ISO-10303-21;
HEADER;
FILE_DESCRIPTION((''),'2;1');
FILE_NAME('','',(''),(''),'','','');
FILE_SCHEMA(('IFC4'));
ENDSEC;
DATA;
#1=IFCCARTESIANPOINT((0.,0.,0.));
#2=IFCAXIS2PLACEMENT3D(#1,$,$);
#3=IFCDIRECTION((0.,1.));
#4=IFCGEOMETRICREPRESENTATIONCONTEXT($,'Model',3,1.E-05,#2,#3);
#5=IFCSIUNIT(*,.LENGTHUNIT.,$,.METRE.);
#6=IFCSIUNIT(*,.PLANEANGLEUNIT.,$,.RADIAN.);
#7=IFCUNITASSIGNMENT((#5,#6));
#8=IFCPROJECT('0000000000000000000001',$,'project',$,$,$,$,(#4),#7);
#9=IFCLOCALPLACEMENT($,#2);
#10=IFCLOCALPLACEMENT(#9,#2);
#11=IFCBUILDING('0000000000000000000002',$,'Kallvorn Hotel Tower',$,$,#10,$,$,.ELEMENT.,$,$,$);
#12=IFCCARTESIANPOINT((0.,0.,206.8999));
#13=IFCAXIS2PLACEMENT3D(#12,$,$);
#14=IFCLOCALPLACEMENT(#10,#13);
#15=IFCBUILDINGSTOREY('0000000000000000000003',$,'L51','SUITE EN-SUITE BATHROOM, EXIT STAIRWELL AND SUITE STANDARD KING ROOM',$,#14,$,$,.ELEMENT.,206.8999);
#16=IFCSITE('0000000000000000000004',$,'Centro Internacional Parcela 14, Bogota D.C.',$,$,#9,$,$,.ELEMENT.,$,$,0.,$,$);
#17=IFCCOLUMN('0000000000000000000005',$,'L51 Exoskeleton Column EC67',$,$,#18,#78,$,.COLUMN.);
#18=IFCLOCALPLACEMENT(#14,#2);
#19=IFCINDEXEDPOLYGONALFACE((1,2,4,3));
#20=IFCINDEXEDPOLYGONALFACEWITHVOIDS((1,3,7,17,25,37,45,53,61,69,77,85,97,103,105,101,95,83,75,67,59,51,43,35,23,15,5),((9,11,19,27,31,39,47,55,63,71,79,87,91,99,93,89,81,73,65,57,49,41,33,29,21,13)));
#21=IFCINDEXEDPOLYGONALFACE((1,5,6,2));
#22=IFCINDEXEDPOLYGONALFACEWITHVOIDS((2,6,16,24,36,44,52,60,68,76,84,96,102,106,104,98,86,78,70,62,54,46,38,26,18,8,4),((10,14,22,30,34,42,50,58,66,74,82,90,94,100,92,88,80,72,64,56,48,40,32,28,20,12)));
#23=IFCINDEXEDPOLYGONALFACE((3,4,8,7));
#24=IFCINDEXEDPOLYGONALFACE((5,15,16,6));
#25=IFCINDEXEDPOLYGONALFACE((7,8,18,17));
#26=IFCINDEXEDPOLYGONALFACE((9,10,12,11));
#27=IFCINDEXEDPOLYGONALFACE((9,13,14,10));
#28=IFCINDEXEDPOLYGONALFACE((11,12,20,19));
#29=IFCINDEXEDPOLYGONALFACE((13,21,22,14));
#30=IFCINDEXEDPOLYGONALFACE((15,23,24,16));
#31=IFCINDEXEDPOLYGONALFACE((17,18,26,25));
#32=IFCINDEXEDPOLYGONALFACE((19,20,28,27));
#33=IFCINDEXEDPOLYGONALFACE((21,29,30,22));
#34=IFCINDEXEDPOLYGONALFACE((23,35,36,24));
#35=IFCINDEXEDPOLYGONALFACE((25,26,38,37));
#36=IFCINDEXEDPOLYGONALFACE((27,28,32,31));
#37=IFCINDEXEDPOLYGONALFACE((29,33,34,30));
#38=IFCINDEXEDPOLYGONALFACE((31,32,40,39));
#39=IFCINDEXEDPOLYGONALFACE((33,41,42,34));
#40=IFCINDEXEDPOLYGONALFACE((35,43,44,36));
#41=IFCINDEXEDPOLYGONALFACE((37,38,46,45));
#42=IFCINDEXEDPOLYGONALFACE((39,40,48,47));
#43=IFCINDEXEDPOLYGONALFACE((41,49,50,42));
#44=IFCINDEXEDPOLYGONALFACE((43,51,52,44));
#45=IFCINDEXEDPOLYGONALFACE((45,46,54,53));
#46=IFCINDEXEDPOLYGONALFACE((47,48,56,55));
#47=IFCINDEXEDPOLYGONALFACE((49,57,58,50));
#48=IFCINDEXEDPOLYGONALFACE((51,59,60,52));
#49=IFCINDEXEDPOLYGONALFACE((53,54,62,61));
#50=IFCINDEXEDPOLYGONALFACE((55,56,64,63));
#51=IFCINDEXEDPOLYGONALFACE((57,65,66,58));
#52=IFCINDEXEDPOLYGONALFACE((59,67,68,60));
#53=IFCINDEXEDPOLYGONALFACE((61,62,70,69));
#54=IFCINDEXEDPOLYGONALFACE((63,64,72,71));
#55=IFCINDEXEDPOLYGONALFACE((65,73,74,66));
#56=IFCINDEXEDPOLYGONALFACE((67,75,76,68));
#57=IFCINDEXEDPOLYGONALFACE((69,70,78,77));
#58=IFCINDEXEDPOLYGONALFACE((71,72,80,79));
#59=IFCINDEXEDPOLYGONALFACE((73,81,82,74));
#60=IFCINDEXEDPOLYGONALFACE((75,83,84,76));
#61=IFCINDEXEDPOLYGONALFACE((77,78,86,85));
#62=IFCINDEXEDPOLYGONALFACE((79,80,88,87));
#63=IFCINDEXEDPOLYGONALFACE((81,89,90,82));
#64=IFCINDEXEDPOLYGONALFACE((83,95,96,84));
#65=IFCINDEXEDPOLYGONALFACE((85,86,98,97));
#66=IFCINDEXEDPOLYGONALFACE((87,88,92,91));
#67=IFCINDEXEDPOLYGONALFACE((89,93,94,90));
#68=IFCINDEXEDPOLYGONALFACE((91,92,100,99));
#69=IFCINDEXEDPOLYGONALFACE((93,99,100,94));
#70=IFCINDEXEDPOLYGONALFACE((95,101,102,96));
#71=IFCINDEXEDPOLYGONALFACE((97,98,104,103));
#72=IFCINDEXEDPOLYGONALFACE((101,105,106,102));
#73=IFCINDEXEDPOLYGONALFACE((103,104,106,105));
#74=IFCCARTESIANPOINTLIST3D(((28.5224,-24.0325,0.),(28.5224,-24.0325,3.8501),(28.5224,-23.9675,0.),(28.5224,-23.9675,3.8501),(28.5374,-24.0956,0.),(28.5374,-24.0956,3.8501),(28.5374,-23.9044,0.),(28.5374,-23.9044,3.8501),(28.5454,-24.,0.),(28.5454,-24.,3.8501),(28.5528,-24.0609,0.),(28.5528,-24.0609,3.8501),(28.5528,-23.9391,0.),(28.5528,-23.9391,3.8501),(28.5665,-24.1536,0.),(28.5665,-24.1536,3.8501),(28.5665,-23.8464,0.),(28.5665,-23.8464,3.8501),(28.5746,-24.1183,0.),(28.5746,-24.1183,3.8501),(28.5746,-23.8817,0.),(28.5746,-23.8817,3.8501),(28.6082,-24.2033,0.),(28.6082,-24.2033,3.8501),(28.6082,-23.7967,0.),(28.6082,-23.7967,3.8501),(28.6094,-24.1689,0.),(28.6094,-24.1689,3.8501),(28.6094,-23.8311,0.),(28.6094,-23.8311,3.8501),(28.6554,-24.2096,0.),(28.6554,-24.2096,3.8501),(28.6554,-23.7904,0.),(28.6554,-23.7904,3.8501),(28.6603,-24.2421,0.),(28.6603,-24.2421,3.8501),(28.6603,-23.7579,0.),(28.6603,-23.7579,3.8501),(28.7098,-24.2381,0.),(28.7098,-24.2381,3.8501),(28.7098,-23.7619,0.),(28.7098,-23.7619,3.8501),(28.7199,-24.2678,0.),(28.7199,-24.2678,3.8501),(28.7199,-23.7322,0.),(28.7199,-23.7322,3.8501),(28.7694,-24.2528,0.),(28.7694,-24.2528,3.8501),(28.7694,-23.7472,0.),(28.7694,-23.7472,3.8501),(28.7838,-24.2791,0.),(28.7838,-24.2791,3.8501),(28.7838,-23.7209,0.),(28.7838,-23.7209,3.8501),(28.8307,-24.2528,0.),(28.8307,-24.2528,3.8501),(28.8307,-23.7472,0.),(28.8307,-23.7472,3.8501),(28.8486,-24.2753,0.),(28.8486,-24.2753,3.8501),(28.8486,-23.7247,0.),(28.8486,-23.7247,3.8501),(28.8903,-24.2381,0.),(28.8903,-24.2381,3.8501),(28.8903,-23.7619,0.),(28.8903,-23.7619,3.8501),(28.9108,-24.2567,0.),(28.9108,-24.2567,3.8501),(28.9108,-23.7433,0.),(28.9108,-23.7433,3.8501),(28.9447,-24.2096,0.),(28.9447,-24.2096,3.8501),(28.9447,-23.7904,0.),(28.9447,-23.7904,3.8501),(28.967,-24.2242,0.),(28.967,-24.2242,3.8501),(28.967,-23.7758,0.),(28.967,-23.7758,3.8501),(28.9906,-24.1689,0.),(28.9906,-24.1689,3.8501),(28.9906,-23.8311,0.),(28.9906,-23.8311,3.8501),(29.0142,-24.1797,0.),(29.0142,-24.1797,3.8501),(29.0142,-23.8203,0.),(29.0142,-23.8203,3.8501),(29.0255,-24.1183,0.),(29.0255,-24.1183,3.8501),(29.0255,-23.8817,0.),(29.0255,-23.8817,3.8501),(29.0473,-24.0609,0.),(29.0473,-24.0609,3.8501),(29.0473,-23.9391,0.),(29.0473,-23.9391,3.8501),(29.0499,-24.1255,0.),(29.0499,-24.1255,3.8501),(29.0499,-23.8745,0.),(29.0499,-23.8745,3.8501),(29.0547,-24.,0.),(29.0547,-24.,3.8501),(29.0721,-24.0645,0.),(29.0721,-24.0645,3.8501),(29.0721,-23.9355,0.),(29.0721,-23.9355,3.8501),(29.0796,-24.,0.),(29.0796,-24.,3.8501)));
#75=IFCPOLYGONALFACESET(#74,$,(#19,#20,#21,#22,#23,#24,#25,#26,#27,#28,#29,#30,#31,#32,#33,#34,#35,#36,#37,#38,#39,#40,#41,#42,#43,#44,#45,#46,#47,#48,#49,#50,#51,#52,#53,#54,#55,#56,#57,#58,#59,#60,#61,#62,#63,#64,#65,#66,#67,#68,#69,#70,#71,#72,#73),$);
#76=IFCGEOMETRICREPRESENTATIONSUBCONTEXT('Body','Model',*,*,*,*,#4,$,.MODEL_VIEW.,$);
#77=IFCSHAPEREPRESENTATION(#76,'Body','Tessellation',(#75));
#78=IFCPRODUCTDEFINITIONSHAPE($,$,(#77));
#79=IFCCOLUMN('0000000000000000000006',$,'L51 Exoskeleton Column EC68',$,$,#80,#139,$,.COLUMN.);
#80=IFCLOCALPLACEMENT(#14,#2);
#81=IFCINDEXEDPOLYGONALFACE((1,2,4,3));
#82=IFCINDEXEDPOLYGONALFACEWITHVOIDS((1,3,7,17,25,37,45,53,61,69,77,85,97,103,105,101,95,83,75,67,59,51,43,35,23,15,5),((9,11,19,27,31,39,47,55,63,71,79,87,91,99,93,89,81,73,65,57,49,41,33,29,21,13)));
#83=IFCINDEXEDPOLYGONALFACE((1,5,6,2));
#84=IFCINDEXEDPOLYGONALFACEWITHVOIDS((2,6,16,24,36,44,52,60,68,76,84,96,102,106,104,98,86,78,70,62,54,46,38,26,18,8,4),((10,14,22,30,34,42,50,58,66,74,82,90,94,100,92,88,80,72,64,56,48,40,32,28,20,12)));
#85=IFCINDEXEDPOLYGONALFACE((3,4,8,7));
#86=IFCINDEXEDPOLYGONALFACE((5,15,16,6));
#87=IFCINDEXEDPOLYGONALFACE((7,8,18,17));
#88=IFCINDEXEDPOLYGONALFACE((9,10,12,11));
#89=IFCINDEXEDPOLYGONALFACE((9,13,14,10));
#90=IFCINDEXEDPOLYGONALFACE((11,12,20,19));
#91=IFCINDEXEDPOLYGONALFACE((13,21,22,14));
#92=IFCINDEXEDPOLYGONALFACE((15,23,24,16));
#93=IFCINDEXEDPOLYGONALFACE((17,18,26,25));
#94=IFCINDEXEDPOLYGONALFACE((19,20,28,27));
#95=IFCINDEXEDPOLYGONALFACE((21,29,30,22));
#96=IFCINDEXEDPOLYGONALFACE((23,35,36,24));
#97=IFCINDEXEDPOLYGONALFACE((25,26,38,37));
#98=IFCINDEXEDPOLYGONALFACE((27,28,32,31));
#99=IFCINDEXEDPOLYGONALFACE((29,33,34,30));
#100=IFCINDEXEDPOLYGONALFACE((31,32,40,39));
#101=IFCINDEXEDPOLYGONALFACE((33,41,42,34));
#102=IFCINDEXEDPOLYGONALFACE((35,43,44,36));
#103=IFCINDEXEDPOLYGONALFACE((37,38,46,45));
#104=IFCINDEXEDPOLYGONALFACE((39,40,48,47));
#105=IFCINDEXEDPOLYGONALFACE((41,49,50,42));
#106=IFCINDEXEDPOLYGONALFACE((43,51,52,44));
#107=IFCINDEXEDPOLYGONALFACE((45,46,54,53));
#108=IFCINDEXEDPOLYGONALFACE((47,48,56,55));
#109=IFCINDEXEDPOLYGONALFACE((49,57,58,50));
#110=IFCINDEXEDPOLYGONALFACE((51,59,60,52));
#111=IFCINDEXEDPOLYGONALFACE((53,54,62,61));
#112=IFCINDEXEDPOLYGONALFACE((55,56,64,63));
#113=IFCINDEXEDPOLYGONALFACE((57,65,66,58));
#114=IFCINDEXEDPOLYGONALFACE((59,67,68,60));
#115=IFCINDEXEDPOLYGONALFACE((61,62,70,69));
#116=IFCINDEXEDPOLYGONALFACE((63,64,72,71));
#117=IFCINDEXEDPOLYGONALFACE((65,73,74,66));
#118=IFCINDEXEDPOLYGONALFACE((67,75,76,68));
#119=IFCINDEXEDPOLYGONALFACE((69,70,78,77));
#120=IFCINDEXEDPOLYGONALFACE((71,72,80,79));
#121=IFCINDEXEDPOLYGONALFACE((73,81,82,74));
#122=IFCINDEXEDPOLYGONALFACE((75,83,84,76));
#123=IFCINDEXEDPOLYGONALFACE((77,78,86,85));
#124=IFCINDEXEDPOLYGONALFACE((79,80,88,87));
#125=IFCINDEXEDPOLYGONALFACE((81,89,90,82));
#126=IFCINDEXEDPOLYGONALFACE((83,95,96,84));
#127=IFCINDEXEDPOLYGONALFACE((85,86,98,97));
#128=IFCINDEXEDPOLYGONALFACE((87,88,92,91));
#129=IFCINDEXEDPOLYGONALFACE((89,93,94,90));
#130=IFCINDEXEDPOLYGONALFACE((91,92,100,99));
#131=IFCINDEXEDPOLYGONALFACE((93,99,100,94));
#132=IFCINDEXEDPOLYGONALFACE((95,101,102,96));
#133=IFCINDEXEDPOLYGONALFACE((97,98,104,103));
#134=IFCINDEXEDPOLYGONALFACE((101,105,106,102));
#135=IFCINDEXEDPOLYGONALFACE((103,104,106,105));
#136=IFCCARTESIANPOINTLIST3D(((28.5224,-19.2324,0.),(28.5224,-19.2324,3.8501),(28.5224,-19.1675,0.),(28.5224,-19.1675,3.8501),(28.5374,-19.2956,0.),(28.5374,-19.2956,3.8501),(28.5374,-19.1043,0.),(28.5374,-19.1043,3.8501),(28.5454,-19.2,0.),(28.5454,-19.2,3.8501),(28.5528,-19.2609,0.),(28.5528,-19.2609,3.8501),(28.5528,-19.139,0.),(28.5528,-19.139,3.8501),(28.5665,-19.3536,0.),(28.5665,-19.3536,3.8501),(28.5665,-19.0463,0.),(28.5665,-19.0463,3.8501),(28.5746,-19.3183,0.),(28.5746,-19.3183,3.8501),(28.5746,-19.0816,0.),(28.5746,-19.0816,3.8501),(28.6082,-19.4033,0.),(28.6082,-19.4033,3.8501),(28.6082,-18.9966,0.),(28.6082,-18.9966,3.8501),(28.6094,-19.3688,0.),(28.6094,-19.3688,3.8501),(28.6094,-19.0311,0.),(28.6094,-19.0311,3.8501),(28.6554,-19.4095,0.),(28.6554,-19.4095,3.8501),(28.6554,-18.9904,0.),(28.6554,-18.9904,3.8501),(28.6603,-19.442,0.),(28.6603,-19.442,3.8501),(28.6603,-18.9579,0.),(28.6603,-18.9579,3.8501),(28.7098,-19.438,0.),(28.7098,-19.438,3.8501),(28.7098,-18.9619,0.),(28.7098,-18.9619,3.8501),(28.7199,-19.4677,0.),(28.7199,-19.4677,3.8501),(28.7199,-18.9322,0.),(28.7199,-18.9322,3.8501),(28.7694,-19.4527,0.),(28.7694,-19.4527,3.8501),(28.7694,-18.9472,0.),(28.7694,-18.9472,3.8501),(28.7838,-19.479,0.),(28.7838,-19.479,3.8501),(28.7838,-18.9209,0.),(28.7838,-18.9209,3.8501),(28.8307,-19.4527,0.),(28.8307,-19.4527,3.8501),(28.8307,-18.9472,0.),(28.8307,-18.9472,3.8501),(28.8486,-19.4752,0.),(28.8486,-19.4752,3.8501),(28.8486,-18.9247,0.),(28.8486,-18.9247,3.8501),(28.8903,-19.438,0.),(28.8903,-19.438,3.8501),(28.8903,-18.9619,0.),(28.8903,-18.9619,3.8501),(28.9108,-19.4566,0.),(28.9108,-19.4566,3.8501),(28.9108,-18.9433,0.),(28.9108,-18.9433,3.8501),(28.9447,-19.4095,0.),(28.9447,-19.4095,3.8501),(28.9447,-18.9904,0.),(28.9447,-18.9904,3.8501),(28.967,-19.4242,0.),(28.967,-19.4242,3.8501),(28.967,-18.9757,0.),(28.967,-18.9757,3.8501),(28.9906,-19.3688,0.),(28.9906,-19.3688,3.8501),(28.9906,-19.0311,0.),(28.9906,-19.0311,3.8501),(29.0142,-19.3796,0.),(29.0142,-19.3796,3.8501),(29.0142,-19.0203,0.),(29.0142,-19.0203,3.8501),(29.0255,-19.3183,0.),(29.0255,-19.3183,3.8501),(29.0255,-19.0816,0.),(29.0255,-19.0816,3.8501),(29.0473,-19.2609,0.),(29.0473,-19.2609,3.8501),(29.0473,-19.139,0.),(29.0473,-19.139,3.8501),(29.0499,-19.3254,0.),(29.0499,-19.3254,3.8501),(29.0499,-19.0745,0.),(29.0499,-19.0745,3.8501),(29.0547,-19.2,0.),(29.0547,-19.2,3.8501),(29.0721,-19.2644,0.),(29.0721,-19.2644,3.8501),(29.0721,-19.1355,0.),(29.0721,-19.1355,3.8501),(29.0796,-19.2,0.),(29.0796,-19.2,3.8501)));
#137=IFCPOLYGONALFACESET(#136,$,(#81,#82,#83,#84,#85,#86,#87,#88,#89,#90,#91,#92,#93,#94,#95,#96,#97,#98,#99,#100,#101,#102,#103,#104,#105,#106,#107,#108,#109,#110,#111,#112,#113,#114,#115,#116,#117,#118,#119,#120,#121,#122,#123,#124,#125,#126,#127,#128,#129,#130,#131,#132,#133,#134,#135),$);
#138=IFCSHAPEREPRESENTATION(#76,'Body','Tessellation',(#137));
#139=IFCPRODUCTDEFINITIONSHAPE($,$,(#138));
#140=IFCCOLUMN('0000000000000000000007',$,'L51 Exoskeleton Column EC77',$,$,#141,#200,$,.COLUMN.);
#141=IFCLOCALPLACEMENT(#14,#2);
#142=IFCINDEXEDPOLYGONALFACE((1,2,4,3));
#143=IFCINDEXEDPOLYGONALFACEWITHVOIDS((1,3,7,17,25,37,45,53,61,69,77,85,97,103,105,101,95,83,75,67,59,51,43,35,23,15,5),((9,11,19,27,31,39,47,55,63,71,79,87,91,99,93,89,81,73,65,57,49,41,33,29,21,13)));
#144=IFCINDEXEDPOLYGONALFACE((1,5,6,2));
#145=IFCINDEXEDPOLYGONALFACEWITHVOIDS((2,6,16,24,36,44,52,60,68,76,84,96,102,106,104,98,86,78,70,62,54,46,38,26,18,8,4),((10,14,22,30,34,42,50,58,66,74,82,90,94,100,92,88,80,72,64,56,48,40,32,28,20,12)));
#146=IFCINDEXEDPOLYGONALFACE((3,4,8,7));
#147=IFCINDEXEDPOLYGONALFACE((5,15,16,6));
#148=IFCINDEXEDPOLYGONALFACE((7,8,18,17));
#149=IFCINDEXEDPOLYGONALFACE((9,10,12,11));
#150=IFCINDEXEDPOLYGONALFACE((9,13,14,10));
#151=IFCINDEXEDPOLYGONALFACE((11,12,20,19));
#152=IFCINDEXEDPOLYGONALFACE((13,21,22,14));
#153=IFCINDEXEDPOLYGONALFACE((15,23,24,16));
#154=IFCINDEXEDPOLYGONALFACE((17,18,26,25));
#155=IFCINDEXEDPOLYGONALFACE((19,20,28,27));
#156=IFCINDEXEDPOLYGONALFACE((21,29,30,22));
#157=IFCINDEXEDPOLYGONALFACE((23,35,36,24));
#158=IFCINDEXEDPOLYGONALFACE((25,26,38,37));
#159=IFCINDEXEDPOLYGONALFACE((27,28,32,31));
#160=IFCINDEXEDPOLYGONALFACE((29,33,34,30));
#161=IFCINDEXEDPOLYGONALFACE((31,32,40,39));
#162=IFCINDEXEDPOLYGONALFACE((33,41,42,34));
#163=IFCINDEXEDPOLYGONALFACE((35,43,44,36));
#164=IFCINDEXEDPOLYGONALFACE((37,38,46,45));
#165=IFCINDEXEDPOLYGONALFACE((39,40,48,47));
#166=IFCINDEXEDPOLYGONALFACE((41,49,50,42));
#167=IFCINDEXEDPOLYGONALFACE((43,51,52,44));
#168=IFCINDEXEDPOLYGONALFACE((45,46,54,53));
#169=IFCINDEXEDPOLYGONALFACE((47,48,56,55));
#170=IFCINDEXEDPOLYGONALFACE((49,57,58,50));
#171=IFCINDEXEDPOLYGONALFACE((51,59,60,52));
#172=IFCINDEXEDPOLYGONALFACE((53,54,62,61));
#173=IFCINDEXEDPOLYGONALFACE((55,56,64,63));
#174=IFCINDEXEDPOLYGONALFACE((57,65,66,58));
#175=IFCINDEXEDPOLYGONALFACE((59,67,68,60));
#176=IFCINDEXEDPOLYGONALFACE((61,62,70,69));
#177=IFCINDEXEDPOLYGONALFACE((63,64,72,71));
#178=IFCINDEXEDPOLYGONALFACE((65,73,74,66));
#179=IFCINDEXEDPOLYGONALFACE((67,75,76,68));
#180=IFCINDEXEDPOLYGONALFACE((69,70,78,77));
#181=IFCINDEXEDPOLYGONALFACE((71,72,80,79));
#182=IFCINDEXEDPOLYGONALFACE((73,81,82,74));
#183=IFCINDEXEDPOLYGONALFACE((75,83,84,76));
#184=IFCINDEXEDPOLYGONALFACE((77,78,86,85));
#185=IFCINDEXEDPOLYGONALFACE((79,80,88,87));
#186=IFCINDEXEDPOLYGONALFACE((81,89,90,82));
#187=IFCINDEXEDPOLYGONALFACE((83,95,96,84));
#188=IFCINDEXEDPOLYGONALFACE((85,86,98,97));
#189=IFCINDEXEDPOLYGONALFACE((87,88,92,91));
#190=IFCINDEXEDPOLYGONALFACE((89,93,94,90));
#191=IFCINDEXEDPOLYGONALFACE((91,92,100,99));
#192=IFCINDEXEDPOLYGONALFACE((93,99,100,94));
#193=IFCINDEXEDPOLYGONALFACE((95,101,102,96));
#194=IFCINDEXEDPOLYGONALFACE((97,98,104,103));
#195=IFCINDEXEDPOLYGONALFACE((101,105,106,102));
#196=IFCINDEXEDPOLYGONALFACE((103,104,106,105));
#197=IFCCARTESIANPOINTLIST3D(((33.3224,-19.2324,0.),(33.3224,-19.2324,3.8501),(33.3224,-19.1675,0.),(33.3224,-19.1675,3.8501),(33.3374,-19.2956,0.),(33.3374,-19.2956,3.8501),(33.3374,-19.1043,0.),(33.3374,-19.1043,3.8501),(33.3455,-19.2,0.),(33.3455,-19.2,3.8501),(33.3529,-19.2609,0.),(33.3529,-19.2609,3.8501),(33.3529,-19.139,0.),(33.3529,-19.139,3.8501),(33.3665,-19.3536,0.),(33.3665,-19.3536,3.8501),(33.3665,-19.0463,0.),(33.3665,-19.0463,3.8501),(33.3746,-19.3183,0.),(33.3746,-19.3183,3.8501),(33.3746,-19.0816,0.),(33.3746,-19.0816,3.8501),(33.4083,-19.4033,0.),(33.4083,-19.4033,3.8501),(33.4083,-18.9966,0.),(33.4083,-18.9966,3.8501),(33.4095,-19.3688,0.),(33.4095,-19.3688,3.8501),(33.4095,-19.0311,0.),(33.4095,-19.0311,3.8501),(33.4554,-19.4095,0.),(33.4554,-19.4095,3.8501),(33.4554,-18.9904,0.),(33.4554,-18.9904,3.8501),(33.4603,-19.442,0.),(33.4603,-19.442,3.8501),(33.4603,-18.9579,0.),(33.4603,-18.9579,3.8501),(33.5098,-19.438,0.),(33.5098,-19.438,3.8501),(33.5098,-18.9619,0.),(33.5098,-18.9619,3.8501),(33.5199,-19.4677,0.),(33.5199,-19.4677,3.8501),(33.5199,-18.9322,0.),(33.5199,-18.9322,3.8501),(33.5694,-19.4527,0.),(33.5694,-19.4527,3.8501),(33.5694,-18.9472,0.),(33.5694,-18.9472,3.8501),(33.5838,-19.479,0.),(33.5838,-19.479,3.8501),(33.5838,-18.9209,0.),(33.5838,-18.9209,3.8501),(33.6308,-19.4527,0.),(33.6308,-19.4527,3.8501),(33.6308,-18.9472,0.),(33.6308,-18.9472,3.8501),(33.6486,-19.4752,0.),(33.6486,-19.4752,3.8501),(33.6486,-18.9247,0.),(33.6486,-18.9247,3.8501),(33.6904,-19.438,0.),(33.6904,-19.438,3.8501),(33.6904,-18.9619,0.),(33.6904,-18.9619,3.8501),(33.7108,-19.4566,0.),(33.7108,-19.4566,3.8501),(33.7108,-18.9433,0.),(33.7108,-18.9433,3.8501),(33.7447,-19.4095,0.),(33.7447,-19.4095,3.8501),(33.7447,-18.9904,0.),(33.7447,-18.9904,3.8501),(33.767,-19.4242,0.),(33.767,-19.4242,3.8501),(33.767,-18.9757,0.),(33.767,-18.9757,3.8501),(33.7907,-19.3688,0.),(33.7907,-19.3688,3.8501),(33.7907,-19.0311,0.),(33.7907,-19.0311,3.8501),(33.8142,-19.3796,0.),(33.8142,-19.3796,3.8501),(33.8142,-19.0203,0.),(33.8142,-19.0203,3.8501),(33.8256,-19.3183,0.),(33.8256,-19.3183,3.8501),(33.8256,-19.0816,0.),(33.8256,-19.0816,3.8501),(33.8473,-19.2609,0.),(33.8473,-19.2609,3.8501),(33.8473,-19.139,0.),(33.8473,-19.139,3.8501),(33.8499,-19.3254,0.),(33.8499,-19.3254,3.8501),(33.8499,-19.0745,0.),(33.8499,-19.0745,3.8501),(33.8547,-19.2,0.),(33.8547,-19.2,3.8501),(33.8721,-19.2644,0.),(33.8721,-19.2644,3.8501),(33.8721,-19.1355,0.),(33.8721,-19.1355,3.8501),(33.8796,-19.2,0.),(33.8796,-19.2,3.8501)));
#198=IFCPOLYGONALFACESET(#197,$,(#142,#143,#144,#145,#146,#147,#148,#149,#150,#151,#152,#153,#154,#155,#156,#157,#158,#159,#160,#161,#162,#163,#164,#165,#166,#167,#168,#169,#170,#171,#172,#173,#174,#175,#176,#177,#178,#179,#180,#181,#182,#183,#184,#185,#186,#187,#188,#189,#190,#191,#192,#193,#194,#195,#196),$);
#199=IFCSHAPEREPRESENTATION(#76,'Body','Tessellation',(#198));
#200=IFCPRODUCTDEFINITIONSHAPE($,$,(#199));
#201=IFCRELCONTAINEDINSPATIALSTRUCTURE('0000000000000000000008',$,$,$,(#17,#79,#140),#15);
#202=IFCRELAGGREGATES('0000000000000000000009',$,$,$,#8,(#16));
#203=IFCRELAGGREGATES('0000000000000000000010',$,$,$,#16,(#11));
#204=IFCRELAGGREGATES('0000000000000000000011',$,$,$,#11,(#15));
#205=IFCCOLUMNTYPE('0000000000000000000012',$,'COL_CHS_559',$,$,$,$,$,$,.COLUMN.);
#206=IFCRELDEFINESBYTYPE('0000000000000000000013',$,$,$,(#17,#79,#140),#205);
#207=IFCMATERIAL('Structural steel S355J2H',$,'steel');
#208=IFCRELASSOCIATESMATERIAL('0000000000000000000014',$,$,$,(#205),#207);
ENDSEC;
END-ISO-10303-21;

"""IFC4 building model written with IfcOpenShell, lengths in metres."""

from ifc_helpers import new_model, si_unit, direction, frame, origin, origin_2d, place, context, subcontext, project, spatial, hollow_circle, extrude, material, material_profile, profile_set, type_object, element, save


model = new_model("IFC4")

# Units and contexts
model_context = context("Model", 3, precision=1e-05, world=origin(), true_north=direction((0.0, 1.0)))
body_context = subcontext(model_context, "Body", "Model", "MODEL_VIEW")
ifc_project = project(units=[si_unit("LENGTHUNIT", "METRE"), si_unit("PLANEANGLEUNIT", "RADIAN")], contexts=[model_context])

# Site, building, storey
site_placement = place(None, origin())
site = spatial("IfcSite", under=ifc_project, at=site_placement, Name="Centro Internacional Parcela 14, Bogota D.C.", CompositionType="ELEMENT", RefElevation=0.0)
building_placement = place(site_placement, origin())
building = spatial("IfcBuilding", under=site, at=building_placement, Name="Kallvorn Hotel Tower", CompositionType="ELEMENT")
storey_placement = place(building_placement, frame((0.0, 0.0, 206.8999)))
storey = spatial("IfcBuildingStorey", under=building, at=storey_placement, Name="L51", Description="SUITE EN-SUITE BATHROOM, EXIT STAIRWELL AND SUITE STANDARD KING ROOM", CompositionType="ELEMENT", Elevation=206.8999)

# Columns
ifc_material_1 = material(Name="Structural steel S355J2H", Category="steel")
ifc_material_profile_1 = material_profile(ifc_material_1, hollow_circle(Radius=0.2795, WallThickness=0.0249, at=origin_2d()), Name="CHS 559x25")
ifc_profile_set_1 = profile_set([ifc_material_profile_1], Name="Structural steel S355J2H")
column_type = type_object("IfcColumnType", Name="COL_CHS_559", PredefinedType="COLUMN", material=ifc_profile_set_1)
for number, where, z_axis, x_axis, name in (
    (1, (28.8, -24.0, 0.0), (0.0, 0.0, 1.0), (1.0, 0.0, 0.0), "L51 Exoskeleton Column EC67"),
    (2, (28.8, -19.2, 0.0), (0.0, 0.0, 1.0), (1.0, 0.0, 0.0), "L51 Exoskeleton Column EC68"),
    (3, (33.6001, -19.2, 0.0), (0.0, 0.0, 1.0), (1.0, 0.0, 0.0), "L51 Exoskeleton Column EC77"),
):
    element("IfcColumn", number, at=place(storey_placement, frame(where, z_axis=z_axis, x_axis=x_axis)), inside=storey, type_object=column_type, Name=name, PredefinedType="COLUMN", context=body_context, shape_type="SweptSolid", body=[
        extrude(hollow_circle(Radius=0.2795, WallThickness=0.0249, at=origin_2d()), origin(), (0.0, 0.0, 1.0), 3.8501),
    ])

save(model, "model.ifc")
